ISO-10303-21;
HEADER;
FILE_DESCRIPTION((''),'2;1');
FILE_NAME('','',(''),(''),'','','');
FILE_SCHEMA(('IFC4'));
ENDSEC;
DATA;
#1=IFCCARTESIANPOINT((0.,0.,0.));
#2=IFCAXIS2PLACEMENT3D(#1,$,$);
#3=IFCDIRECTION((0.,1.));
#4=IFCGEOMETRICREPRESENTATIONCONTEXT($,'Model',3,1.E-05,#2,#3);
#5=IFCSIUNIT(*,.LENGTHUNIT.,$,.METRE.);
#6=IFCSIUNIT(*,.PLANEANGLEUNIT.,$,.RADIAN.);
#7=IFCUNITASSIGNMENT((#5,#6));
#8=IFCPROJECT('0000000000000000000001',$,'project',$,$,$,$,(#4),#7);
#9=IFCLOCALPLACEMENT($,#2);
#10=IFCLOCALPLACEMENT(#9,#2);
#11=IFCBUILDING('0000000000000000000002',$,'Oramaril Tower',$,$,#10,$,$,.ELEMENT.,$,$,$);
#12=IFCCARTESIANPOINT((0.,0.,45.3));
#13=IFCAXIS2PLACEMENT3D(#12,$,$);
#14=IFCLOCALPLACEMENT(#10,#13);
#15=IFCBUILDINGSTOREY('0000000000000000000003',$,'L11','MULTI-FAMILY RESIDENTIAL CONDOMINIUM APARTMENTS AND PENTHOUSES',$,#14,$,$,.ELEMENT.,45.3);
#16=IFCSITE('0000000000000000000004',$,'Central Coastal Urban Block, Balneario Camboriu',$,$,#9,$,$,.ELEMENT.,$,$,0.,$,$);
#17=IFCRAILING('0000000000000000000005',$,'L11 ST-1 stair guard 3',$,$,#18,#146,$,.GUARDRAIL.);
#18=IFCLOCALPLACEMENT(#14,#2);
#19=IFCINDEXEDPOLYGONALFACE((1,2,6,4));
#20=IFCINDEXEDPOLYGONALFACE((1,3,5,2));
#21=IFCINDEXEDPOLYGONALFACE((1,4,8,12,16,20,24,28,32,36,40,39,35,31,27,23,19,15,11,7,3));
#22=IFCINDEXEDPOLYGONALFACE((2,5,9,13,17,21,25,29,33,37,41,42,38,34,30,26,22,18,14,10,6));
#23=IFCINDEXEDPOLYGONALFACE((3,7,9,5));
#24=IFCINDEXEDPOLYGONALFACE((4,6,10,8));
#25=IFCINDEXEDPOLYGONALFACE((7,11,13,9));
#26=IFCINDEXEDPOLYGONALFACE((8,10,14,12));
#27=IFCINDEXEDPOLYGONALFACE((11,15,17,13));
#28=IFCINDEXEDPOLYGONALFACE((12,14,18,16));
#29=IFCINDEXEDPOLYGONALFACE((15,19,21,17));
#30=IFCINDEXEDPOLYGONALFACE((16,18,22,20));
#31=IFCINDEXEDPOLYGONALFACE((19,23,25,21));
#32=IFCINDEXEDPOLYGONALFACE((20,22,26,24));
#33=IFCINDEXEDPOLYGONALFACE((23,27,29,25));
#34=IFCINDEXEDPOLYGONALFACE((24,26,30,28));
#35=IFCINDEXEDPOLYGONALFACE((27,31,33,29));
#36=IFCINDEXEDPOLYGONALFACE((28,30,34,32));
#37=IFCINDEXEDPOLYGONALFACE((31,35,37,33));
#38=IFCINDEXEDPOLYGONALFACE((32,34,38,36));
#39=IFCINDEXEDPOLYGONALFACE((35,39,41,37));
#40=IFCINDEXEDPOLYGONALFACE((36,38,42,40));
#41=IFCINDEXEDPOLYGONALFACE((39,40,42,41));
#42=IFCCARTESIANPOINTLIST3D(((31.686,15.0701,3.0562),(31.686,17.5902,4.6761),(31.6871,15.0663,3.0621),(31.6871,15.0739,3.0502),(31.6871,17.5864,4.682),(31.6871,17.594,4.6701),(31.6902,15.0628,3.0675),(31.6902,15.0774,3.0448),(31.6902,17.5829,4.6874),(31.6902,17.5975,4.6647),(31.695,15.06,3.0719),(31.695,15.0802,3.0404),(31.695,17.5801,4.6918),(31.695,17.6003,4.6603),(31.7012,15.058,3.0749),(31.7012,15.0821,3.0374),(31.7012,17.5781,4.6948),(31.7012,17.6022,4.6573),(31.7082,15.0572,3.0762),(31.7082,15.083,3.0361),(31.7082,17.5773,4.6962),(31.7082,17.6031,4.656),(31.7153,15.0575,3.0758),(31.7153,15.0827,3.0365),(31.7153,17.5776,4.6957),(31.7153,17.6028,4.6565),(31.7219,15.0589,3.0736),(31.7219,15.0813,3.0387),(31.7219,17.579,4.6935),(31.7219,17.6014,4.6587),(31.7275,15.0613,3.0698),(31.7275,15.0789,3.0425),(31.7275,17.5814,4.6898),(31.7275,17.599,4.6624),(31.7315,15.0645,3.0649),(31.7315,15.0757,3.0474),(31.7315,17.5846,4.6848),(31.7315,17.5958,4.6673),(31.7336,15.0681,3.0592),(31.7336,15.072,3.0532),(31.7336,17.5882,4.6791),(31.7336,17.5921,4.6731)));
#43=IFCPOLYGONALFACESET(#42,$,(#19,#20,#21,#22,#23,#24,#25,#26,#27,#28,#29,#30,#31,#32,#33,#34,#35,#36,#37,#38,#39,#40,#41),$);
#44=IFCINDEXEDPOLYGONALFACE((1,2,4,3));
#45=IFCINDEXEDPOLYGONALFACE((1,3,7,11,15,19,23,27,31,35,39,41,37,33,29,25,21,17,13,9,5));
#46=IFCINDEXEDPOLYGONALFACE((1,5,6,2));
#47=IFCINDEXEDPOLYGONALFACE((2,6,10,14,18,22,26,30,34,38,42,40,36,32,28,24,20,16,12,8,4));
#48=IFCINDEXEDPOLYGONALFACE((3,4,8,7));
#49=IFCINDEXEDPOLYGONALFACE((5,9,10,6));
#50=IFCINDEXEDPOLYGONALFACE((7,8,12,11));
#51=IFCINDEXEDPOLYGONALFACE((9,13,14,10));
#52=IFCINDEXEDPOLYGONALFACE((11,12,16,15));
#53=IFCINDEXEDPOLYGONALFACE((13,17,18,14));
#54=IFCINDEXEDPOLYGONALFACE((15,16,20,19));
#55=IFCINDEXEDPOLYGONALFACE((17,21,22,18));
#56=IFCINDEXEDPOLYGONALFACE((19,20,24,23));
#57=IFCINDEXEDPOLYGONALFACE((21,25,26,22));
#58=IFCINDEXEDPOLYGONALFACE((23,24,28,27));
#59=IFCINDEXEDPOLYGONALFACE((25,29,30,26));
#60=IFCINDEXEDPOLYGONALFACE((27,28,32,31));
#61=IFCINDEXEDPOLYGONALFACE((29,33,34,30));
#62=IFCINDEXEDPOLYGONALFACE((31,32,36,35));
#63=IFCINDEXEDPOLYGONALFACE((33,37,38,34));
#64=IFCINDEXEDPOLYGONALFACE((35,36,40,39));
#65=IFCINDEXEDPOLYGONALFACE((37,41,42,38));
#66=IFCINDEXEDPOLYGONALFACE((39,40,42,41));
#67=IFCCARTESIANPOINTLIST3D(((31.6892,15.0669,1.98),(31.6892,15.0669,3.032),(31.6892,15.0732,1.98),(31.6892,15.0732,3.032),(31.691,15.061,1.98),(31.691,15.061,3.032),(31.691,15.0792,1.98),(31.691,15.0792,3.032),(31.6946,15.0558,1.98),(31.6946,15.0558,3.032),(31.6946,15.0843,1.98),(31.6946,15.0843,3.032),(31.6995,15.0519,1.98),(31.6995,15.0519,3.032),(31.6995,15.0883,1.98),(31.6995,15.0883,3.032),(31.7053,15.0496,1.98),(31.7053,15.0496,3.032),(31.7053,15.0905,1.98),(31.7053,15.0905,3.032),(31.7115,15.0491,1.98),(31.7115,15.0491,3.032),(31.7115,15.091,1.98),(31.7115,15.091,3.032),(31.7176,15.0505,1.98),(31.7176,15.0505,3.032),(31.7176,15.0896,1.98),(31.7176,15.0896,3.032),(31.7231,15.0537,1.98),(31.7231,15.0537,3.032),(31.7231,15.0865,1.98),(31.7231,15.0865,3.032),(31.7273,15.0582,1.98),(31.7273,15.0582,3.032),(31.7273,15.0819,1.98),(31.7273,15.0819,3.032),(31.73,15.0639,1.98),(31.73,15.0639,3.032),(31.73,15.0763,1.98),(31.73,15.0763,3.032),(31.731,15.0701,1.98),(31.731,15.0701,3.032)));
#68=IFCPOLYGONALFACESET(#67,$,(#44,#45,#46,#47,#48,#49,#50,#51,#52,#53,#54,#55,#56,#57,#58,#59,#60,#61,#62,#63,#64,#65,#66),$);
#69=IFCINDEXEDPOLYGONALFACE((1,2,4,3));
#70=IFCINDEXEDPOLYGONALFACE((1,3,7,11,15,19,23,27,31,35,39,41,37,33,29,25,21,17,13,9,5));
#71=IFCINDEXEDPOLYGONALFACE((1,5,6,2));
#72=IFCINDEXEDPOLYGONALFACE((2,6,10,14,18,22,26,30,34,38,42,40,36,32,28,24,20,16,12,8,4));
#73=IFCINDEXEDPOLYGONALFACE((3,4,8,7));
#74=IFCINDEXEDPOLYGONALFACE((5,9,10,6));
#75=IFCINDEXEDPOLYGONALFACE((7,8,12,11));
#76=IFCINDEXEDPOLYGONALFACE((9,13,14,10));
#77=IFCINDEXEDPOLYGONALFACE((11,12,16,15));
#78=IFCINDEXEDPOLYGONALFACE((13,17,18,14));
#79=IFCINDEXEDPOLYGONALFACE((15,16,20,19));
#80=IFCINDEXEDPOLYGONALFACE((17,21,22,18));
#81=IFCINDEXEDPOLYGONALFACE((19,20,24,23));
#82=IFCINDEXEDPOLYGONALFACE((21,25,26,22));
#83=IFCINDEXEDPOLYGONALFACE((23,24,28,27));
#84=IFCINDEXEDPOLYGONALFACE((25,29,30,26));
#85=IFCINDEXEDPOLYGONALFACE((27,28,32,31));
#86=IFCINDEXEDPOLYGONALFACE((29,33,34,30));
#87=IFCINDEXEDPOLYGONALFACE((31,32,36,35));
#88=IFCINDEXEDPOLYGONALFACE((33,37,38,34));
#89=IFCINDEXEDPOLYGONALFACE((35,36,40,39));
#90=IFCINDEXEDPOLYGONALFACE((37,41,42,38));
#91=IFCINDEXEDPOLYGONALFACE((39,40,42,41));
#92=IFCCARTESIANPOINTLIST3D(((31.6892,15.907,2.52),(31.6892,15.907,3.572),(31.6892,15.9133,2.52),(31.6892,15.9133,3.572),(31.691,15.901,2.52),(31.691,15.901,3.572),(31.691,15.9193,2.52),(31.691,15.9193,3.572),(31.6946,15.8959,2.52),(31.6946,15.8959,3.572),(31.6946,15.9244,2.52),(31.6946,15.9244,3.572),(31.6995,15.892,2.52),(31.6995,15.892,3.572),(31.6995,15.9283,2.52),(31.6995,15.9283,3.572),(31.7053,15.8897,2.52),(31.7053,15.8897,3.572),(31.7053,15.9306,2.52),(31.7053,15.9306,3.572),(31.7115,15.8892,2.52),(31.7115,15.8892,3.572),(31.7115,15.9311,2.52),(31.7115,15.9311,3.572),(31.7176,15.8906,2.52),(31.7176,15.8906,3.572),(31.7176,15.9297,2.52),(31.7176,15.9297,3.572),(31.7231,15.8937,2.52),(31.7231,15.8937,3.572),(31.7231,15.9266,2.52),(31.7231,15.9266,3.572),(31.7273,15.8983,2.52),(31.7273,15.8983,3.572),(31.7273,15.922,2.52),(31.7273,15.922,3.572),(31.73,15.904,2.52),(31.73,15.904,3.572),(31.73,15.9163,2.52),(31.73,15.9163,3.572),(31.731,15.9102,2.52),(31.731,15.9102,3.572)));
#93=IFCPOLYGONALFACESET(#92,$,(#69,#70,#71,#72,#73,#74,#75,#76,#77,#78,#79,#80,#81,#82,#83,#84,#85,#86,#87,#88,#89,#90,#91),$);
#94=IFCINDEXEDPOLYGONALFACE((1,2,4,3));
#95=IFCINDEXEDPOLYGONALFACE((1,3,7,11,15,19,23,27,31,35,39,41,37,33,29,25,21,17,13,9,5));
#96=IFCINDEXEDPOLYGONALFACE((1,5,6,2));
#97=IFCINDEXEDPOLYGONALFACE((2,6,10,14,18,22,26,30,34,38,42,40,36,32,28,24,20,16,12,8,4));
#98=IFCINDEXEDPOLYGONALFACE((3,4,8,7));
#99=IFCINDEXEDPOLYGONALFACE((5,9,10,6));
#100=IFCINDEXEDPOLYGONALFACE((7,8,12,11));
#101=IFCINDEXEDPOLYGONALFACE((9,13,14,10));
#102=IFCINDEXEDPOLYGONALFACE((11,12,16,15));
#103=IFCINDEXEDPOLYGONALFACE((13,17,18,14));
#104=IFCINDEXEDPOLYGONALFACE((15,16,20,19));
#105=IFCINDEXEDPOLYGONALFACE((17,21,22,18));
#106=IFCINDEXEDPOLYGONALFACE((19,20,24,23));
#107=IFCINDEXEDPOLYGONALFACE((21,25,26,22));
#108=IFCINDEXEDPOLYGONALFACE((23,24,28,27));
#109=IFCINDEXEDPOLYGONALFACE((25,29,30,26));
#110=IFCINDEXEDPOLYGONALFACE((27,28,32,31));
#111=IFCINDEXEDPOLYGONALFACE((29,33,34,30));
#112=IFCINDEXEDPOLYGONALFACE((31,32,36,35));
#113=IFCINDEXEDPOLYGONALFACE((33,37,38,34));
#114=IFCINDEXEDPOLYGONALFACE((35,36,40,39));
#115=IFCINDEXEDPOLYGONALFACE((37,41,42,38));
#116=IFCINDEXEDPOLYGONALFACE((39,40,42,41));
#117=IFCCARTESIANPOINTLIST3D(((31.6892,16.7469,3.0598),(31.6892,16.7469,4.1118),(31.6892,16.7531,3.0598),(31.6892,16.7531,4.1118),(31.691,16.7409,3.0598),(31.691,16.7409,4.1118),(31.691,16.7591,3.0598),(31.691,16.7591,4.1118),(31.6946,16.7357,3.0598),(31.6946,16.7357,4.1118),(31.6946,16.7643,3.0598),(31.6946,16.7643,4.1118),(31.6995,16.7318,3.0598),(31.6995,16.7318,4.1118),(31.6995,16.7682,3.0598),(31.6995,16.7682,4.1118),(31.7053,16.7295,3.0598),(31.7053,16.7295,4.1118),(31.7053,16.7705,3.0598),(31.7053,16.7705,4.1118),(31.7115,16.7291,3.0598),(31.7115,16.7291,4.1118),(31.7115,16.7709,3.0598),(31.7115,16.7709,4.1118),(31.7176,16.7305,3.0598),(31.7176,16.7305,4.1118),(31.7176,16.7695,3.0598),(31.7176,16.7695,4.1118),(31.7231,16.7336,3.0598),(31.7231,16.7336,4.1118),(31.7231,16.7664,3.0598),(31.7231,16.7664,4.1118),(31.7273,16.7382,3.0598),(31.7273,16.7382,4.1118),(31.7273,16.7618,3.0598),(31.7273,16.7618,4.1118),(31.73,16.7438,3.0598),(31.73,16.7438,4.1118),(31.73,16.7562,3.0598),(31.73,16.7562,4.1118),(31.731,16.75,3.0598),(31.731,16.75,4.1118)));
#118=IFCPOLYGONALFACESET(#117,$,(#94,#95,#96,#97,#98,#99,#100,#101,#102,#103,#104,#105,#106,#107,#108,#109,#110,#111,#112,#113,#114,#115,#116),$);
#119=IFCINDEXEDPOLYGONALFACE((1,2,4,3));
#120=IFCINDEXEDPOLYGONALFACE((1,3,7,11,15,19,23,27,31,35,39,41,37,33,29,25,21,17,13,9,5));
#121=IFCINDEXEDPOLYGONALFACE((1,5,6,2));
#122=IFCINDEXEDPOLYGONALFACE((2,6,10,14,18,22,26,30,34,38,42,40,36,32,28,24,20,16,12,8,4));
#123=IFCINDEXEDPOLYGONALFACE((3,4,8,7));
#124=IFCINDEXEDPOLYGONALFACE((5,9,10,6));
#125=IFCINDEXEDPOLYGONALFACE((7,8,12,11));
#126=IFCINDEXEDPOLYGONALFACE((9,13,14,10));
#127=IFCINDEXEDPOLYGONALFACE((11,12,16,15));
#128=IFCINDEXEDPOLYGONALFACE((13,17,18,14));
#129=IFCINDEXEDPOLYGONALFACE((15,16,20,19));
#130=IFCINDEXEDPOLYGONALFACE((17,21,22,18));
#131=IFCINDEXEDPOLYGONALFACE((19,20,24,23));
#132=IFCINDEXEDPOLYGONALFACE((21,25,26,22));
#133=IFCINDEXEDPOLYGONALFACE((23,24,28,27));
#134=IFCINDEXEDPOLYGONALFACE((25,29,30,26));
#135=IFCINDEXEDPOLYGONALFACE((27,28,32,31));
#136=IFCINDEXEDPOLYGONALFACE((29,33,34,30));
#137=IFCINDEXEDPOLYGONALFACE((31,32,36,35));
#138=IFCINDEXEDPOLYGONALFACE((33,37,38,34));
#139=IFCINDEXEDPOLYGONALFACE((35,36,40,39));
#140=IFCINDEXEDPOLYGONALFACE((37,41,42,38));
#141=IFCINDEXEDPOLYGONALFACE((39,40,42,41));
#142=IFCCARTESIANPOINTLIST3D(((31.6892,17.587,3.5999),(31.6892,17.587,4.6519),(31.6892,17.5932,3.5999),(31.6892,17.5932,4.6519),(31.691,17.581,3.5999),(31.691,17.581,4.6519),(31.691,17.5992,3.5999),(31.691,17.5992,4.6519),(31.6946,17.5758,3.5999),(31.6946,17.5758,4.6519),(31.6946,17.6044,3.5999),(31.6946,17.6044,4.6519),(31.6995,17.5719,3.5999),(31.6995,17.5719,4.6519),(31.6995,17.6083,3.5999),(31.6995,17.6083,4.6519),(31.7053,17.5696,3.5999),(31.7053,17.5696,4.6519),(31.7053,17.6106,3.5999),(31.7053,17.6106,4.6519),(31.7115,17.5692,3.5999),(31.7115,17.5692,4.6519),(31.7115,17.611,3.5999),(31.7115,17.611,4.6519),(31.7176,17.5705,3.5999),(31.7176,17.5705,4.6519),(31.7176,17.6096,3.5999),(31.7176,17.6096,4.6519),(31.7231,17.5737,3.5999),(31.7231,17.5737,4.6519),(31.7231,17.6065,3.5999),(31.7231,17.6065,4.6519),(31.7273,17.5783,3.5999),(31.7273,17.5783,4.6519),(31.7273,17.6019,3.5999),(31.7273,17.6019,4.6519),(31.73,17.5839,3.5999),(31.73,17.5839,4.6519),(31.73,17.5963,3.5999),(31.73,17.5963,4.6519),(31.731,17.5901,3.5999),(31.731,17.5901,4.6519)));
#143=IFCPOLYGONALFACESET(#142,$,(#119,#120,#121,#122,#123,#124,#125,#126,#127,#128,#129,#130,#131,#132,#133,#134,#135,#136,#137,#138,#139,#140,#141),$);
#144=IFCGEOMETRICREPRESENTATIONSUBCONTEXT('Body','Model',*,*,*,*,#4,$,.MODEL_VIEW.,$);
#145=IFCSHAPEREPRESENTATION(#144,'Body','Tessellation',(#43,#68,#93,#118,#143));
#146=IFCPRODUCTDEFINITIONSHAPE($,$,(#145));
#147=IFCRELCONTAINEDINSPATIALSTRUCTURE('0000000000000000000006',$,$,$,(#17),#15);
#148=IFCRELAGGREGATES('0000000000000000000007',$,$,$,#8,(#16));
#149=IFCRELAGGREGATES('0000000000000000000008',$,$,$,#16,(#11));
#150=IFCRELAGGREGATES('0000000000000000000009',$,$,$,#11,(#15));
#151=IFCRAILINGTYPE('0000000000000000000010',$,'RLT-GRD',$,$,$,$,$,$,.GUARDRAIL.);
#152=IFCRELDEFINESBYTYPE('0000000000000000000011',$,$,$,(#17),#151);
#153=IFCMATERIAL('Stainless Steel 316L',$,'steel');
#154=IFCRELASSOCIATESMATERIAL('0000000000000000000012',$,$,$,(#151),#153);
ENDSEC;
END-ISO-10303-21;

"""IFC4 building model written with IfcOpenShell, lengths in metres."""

from ifc_helpers import new_model, si_unit, direction, frame, origin, origin_2d, place, context, subcontext, project, spatial, circle, extrude, material, type_object, element, save


model = new_model("IFC4")

# Units and contexts
model_context = context("Model", 3, precision=1e-05, world=origin(), true_north=direction((0.0, 1.0)))
body_context = subcontext(model_context, "Body", "Model", "MODEL_VIEW")
ifc_project = project(units=[si_unit("LENGTHUNIT", "METRE"), si_unit("PLANEANGLEUNIT", "RADIAN")], contexts=[model_context])

# Site, building, storey
site_placement = place(None, origin())
site = spatial("IfcSite", under=ifc_project, at=site_placement, Name="Central Coastal Urban Block, Balneario Camboriu", CompositionType="ELEMENT", RefElevation=0.0)
building_placement = place(site_placement, origin())
building = spatial("IfcBuilding", under=site, at=building_placement, Name="Oramaril Tower", CompositionType="ELEMENT")
storey_placement = place(building_placement, frame((0.0, 0.0, 45.3)))
storey = spatial("IfcBuildingStorey", under=building, at=storey_placement, Name="L11", Description="MULTI-FAMILY RESIDENTIAL CONDOMINIUM APARTMENTS AND PENTHOUSES", CompositionType="ELEMENT", Elevation=45.3)

# Railing
ifc_material_1 = material(Name="Stainless Steel 316L", Category="steel")
railing_type_1 = type_object("IfcRailingType", Name="RLT-GRD", PredefinedType="GUARDRAIL", material=ifc_material_1)
railing_1_placement = place(storey_placement, frame((31.71, 15.0701, 1.98)))
element("IfcRailing", 1, at=railing_1_placement, inside=storey, type_object=railing_type_1, Name="L11 ST-1 stair guard 3", PredefinedType="GUARDRAIL", context=body_context, shape_type="SweptSolid", body=[
    extrude(circle(Radius=0.0239, at=origin_2d()), frame((0.0, 0.0, 1.0762), z_axis=(0.0, 0.8412, 0.540725), x_axis=(-1.0, 0.0, 0.0)), (0.0, 0.0, 1.0), 2.9958),
    extrude(circle(Radius=0.021, at=origin_2d()), origin(), (0.0, 0.0, 1.0), 1.052),
    extrude(circle(Radius=0.021, at=origin_2d()), frame((0.0, 0.8401, 0.54)), (0.0, 0.0, 1.0), 1.052),
    extrude(circle(Radius=0.021, at=origin_2d()), frame((0.0, 1.6799, 1.0798)), (0.0, 0.0, 1.0), 1.052),
    extrude(circle(Radius=0.021, at=origin_2d()), frame((0.0, 2.52, 1.6199)), (0.0, 0.0, 1.0), 1.052),
])

save(model, "model.ifc")
